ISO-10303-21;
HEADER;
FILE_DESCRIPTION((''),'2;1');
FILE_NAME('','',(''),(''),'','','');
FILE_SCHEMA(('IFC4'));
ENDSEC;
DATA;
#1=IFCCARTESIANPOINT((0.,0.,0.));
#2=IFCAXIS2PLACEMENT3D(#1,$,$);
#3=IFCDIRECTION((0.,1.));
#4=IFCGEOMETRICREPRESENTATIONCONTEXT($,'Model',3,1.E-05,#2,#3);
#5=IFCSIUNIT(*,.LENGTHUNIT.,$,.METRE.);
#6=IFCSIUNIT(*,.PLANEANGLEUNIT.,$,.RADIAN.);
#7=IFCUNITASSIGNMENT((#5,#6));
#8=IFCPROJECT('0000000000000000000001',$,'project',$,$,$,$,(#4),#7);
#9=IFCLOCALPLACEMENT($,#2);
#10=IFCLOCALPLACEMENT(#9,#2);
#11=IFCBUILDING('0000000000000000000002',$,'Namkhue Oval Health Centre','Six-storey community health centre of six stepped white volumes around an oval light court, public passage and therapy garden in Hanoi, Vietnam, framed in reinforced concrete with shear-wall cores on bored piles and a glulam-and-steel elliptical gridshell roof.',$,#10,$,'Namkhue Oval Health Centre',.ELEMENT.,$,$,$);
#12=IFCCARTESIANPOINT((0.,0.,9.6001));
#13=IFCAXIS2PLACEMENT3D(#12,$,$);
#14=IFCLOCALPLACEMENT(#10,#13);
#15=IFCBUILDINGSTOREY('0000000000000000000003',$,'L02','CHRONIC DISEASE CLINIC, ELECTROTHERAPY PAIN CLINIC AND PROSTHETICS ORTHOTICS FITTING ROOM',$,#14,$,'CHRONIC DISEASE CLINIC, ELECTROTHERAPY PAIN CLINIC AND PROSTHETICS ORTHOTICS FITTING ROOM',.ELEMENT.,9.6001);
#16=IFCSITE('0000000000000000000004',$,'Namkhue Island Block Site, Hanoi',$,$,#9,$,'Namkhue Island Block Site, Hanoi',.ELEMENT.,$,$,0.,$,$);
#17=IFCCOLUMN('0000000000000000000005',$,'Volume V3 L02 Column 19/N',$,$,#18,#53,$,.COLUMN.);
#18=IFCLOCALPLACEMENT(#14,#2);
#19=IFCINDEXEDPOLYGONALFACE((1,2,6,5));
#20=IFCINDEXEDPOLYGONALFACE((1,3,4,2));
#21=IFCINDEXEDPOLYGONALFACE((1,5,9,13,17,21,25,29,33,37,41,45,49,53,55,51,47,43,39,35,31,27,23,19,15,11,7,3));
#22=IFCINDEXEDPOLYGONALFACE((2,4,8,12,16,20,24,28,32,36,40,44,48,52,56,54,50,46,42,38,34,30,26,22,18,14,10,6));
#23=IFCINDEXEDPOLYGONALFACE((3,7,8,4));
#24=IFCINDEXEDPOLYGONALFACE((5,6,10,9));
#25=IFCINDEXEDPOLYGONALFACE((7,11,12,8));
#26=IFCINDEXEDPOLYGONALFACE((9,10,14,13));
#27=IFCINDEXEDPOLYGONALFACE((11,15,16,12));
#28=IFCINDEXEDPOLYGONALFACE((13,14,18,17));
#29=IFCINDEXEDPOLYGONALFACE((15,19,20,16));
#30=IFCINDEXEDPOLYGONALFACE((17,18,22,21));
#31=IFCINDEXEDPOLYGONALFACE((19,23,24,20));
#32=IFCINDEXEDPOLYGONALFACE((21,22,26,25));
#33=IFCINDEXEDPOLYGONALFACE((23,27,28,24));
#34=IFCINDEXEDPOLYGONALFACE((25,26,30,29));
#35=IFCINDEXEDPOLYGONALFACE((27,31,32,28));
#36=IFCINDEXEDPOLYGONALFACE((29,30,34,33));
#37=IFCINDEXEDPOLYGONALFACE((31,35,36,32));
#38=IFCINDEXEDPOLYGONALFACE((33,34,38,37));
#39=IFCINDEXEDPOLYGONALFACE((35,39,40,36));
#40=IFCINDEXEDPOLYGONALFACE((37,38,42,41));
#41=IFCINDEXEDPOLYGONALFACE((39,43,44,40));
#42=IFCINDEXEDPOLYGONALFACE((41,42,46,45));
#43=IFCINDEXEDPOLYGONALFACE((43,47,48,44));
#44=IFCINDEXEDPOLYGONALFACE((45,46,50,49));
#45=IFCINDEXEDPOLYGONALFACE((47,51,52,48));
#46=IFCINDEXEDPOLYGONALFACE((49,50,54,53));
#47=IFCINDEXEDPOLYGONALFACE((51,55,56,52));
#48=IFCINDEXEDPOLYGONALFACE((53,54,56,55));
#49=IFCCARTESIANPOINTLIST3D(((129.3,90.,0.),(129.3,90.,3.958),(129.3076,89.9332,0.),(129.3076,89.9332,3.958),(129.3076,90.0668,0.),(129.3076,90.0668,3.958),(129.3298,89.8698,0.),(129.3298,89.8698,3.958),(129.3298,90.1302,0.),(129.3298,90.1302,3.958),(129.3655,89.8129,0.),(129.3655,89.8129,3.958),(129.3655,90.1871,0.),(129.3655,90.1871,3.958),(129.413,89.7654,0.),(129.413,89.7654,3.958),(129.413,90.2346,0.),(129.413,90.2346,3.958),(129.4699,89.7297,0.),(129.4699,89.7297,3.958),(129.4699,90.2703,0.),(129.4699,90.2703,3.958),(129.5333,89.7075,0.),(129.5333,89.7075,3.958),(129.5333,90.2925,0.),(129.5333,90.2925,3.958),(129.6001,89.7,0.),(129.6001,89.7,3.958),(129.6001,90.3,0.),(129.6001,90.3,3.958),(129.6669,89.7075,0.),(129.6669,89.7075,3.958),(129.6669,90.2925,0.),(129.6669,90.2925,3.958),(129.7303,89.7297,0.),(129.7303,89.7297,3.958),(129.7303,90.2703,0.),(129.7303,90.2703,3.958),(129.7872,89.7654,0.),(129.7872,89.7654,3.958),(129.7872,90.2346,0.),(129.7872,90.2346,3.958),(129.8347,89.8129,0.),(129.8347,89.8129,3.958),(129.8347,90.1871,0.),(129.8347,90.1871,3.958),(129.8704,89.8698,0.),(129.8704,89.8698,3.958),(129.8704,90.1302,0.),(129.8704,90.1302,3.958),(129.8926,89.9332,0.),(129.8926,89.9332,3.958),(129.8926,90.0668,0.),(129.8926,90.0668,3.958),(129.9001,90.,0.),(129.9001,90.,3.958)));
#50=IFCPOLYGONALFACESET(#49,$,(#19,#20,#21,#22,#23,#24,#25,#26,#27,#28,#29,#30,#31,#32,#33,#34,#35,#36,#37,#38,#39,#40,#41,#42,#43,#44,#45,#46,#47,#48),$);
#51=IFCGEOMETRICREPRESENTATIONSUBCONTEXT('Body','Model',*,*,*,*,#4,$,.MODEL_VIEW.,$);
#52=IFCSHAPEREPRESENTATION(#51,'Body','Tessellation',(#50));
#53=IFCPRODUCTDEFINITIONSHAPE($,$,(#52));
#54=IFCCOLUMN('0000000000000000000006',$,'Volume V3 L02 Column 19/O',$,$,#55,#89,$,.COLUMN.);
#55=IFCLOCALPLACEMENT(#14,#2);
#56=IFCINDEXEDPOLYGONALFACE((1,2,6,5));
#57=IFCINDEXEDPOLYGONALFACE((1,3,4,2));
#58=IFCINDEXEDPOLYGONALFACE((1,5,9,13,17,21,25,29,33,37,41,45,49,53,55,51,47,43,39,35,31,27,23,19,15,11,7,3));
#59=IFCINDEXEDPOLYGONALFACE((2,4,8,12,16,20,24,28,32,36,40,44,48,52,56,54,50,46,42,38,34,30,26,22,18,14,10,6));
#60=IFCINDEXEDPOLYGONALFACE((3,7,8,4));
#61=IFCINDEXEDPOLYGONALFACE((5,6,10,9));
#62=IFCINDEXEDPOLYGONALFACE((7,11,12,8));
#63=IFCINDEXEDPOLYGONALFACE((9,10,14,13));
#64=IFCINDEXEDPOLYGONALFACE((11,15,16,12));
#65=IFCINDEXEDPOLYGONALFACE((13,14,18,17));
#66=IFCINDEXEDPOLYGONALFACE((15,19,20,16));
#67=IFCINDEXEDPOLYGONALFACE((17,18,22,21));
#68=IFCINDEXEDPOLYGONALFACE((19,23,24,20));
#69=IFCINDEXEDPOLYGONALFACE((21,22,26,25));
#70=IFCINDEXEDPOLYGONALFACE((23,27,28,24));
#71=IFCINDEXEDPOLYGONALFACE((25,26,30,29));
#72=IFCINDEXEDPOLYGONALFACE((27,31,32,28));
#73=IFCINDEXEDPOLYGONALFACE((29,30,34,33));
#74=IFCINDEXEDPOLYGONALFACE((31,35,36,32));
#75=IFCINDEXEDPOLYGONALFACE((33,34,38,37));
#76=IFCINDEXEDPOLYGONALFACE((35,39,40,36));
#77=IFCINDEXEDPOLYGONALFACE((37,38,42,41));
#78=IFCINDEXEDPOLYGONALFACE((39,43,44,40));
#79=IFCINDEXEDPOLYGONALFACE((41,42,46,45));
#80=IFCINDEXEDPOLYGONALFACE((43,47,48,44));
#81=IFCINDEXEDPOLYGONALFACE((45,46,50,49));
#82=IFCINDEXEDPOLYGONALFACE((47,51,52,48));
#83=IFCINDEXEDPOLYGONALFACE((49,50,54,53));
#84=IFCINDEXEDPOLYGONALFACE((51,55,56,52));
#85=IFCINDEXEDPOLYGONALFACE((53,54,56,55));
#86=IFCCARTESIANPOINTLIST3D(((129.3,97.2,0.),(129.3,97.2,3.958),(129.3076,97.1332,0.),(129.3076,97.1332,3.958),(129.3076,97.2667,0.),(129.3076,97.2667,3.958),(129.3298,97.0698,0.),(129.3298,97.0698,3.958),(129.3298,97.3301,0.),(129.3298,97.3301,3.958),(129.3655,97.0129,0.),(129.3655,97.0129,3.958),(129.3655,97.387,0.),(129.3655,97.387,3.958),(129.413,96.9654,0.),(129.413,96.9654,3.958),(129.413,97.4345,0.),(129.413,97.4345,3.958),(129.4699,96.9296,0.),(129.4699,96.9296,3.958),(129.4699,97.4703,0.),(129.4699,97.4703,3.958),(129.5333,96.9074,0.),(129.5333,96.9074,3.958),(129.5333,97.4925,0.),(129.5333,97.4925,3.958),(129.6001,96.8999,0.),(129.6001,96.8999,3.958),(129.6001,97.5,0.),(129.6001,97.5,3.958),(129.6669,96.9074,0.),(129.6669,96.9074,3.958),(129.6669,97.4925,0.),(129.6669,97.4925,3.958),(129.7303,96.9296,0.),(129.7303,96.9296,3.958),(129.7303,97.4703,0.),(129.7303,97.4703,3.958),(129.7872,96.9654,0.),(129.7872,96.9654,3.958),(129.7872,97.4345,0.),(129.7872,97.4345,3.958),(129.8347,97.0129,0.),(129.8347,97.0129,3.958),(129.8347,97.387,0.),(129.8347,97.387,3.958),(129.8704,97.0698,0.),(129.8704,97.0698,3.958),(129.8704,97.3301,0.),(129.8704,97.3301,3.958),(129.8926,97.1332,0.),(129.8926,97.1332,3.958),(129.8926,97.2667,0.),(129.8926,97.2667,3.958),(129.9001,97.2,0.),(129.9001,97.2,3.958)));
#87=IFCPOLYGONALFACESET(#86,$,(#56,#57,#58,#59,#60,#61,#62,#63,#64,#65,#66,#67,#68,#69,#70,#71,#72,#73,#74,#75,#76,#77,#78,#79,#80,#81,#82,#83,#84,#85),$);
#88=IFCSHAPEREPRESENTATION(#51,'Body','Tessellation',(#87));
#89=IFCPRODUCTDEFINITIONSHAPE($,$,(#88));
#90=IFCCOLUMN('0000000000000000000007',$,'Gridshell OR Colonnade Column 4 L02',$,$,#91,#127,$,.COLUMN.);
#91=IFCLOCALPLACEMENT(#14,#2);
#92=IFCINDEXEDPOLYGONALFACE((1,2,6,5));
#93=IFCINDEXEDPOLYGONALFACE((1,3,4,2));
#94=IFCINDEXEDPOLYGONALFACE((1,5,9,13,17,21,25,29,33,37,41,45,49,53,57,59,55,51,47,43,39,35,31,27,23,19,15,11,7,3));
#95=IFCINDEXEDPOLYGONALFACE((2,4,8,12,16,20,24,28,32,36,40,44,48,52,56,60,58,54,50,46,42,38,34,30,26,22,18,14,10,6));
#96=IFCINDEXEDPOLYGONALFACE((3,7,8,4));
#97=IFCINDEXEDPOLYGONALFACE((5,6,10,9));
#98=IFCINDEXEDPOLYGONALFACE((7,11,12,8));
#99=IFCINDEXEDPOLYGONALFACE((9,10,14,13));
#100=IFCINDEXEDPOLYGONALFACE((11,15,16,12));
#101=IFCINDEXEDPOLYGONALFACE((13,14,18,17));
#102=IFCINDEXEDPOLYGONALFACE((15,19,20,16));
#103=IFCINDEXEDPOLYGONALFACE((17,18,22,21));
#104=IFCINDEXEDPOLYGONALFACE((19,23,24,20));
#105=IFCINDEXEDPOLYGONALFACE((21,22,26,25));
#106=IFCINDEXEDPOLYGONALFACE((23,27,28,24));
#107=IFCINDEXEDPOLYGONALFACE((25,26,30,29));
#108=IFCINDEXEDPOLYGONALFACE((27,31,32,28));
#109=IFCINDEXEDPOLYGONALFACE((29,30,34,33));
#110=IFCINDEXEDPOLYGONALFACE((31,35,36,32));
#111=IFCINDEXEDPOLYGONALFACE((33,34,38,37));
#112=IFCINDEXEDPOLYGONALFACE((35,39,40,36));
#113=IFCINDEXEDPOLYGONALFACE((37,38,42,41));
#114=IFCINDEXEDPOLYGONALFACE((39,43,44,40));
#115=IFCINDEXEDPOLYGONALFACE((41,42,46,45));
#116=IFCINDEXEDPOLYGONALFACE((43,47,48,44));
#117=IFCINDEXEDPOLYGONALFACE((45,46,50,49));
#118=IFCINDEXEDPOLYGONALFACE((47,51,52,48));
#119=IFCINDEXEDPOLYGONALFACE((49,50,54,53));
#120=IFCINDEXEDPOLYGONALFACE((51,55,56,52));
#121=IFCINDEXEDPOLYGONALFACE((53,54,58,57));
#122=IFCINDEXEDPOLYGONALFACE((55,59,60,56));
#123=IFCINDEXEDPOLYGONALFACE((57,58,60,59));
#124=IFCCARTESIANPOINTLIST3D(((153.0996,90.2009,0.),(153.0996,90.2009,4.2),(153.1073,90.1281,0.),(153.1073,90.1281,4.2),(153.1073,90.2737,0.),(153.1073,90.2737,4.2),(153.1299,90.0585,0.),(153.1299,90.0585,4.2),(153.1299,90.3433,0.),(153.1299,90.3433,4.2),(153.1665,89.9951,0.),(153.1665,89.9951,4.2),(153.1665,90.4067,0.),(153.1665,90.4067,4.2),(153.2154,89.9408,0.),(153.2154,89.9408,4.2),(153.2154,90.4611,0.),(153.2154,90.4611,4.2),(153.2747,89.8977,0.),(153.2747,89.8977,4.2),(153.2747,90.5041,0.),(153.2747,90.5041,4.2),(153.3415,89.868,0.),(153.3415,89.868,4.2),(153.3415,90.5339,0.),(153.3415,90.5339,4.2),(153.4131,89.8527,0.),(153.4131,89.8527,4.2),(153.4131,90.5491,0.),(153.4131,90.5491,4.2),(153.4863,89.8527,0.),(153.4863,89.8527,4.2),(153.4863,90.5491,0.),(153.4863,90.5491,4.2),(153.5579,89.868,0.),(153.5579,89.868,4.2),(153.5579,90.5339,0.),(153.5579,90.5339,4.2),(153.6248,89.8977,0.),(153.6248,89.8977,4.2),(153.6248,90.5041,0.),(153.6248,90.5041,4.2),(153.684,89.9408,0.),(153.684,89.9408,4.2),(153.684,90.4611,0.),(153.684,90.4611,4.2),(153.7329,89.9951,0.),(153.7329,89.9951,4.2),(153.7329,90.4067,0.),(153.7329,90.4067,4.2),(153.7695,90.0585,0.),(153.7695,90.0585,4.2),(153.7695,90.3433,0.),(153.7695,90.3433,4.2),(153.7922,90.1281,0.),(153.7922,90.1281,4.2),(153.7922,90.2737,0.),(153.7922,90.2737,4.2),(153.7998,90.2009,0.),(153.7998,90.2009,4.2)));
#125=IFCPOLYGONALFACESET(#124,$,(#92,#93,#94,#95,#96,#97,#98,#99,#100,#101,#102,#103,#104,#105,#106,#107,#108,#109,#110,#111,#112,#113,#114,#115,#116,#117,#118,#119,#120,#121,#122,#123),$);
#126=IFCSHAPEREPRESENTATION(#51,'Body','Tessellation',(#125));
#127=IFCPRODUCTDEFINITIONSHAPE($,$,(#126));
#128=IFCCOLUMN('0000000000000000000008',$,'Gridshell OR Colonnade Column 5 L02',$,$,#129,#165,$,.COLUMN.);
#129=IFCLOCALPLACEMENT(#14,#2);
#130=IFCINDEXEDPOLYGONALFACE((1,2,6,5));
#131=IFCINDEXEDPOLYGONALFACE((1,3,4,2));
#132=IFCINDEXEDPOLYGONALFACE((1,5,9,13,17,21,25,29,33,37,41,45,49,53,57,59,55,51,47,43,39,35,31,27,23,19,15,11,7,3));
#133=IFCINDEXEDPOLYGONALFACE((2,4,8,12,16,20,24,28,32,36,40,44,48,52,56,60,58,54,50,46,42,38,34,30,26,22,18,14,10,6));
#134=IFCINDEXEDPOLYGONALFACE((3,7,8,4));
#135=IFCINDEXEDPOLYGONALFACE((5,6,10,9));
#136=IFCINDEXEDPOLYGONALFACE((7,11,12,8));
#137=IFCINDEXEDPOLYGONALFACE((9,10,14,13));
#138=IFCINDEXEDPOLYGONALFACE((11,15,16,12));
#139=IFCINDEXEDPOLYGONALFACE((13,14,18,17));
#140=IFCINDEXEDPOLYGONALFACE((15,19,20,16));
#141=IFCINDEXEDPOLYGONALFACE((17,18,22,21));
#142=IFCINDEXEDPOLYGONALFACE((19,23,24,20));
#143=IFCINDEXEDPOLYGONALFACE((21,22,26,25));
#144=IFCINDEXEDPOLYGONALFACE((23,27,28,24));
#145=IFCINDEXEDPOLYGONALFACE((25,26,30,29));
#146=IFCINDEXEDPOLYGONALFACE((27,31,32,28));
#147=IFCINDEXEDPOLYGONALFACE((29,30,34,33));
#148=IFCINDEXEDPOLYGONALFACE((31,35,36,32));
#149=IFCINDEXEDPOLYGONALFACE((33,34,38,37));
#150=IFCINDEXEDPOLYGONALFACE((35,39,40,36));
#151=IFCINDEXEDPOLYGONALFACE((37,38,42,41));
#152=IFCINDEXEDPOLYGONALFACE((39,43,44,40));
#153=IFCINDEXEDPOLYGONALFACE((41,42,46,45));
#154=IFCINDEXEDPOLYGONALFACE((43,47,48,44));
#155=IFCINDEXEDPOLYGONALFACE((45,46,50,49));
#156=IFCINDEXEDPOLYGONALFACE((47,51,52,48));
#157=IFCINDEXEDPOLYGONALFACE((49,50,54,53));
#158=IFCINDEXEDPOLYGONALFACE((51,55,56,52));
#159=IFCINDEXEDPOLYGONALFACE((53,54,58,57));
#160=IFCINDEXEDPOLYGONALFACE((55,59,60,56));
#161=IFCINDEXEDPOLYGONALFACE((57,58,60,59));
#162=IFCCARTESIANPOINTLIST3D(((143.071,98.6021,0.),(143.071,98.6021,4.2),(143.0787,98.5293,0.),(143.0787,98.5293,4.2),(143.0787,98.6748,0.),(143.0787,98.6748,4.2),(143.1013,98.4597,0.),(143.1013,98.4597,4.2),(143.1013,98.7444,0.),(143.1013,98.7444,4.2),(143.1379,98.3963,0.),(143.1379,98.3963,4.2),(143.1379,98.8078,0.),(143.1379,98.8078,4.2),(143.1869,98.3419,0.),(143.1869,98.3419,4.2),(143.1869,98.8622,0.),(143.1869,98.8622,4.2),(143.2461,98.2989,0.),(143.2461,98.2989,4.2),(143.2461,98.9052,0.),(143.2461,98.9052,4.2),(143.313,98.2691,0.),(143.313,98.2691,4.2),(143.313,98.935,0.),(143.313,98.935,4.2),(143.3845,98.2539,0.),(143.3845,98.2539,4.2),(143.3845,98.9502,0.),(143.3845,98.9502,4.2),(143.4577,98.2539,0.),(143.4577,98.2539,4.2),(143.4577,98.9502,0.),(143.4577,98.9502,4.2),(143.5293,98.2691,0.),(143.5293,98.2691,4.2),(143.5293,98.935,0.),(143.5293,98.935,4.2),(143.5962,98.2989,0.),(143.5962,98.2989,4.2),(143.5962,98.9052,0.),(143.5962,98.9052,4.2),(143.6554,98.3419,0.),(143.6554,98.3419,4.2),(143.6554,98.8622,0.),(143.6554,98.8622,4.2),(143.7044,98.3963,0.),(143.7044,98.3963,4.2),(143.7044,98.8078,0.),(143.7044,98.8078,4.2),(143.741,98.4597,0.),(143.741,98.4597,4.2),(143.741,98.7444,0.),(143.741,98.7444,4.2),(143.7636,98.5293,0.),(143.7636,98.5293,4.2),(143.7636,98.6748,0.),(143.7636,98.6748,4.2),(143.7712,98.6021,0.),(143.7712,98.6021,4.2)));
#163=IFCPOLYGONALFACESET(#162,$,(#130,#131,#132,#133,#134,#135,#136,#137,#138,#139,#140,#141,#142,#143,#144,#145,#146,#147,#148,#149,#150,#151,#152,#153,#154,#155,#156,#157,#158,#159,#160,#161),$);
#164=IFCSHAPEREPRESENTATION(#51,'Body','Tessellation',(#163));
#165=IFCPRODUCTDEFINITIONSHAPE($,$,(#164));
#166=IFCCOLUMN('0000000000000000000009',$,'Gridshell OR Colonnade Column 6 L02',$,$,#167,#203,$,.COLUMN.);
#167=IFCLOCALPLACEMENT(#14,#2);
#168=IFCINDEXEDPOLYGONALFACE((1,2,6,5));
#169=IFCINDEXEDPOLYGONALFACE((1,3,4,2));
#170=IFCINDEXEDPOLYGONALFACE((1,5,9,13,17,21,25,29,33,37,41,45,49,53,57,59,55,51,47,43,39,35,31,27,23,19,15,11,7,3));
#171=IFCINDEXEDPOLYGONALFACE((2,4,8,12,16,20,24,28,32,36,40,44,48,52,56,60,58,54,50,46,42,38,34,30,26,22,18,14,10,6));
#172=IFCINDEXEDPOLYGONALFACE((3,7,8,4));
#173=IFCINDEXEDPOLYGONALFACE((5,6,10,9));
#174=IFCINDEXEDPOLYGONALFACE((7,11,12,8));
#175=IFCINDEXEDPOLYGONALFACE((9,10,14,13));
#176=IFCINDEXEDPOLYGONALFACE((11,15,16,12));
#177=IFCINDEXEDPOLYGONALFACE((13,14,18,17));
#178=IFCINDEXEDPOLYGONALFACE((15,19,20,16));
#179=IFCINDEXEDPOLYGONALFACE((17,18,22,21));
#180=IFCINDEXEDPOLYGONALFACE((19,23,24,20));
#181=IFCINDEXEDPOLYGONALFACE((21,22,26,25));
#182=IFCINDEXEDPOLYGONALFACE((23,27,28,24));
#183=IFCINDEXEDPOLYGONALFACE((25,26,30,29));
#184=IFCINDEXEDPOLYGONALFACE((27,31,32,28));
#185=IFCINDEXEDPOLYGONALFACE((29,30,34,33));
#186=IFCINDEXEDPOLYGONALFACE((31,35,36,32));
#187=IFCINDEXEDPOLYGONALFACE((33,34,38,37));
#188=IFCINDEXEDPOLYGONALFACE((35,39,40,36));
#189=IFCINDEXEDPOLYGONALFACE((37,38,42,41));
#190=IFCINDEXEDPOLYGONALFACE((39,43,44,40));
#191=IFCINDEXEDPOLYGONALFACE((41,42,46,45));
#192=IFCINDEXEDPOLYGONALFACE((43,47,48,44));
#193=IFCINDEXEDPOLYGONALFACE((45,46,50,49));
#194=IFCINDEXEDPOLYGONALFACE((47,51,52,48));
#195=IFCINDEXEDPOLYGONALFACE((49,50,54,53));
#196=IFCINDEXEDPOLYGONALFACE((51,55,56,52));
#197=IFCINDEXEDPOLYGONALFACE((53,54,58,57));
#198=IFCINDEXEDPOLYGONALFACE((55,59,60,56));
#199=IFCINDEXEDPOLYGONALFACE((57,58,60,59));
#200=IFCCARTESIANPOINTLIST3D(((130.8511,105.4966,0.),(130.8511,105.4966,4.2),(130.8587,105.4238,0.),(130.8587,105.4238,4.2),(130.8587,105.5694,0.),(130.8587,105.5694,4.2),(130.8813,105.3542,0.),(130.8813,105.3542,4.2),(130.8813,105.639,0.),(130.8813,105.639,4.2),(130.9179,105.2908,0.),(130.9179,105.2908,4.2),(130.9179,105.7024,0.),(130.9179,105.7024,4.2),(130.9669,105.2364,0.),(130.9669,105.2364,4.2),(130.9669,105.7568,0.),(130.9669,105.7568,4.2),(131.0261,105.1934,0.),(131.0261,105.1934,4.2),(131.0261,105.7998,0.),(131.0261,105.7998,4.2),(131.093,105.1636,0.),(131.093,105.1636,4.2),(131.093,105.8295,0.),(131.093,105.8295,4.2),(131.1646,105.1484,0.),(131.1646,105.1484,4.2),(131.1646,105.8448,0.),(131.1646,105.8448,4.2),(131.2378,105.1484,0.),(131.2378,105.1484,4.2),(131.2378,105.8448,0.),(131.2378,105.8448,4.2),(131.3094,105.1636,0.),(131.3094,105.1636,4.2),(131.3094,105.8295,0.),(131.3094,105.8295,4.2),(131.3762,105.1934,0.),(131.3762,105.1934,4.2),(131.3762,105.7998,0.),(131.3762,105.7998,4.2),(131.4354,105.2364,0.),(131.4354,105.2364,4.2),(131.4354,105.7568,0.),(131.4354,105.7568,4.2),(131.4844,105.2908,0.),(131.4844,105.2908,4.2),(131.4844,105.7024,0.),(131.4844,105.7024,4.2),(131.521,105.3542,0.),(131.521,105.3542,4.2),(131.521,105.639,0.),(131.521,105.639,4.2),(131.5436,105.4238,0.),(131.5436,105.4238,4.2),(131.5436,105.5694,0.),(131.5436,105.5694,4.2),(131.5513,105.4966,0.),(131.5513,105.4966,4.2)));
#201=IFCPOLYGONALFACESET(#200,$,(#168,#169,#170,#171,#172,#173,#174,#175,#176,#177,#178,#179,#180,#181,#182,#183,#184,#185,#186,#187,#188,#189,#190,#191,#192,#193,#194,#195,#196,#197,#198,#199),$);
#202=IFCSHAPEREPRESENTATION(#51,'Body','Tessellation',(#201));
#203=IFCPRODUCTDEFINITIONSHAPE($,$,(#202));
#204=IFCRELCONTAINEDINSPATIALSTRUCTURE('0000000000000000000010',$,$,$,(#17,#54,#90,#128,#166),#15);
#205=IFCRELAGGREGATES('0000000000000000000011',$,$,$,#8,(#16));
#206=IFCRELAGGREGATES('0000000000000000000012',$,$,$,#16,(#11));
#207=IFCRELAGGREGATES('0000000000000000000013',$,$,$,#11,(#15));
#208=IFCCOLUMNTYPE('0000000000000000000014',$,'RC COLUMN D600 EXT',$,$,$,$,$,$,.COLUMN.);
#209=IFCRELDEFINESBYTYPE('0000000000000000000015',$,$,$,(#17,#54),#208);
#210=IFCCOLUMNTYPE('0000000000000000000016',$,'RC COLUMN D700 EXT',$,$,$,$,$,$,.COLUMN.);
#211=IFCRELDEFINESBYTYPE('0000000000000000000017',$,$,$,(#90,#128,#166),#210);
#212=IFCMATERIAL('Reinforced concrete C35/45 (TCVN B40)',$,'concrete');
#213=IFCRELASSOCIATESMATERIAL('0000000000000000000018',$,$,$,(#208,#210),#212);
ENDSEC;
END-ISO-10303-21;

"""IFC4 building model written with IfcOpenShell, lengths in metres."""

from ifc_helpers import new_model, si_unit, direction, frame, origin, origin_2d, place, context, subcontext, project, spatial, circle, extrude, material, material_profile, profile_set, type_object, element, save


model = new_model("IFC4")

# Units and contexts
model_context = context("Model", 3, precision=1e-05, world=origin(), true_north=direction((0.0, 1.0)))
body_context = subcontext(model_context, "Body", "Model", "MODEL_VIEW")
ifc_project = project(units=[si_unit("LENGTHUNIT", "METRE"), si_unit("PLANEANGLEUNIT", "RADIAN")], contexts=[model_context])

# Site, building, storey
site_placement = place(None, origin())
site = spatial("IfcSite", under=ifc_project, at=site_placement, Name="Namkhue Island Block Site, Hanoi", LongName="Namkhue Island Block Site, Hanoi", CompositionType="ELEMENT", RefElevation=0.0)
building_placement = place(site_placement, origin())
building = spatial("IfcBuilding", under=site, at=building_placement, Name="Namkhue Oval Health Centre", Description="Six-storey community health centre of six stepped white volumes around an oval light court, public passage and therapy garden in Hanoi, Vietnam, framed in reinforced concrete with shear-wall cores on bored piles and a glulam-and-steel elliptical gridshell roof.", LongName="Namkhue Oval Health Centre", CompositionType="ELEMENT")
storey_placement = place(building_placement, frame((0.0, 0.0, 9.6001)))
storey = spatial("IfcBuildingStorey", under=building, at=storey_placement, Name="L02", Description="CHRONIC DISEASE CLINIC, ELECTROTHERAPY PAIN CLINIC AND PROSTHETICS ORTHOTICS FITTING ROOM", LongName="CHRONIC DISEASE CLINIC, ELECTROTHERAPY PAIN CLINIC AND PROSTHETICS ORTHOTICS FITTING ROOM", CompositionType="ELEMENT", Elevation=9.6001)

# Columns
ifc_material_1 = material(Name="Reinforced concrete C35/45 (TCVN B40)", Category="concrete")
ifc_material_profile_1 = material_profile(ifc_material_1, circle(Radius=0.3, at=origin_2d()), Name="RC D600")
ifc_profile_set_1 = profile_set([ifc_material_profile_1], Name="Reinforced concrete C35/45 (TCVN B40)")
column_type_1 = type_object("IfcColumnType", Name="RC COLUMN D600 EXT", PredefinedType="COLUMN", material=ifc_profile_set_1)
for number, where, z_axis, x_axis, name in (
    (1, (129.6001, 90.0, 0.0), (0.0, 0.0, 1.0), (1.0, 0.0, 0.0), "Volume V3 L02 Column 19/N"),
    (2, (129.6001, 97.2, 0.0), (0.0, 0.0, 1.0), (1.0, 0.0, 0.0), "Volume V3 L02 Column 19/O"),
):
    element("IfcColumn", number, at=place(storey_placement, frame(where, z_axis=z_axis, x_axis=x_axis)), inside=storey, type_object=column_type_1, Name=name, PredefinedType="COLUMN", context=body_context, shape_type="SweptSolid", body=[
        extrude(circle(Radius=0.3, at=origin_2d()), origin(), (0.0, 0.0, 1.0), 3.958),
    ])
ifc_material_profile_2 = material_profile(ifc_material_1, circle(Radius=0.3501, at=origin_2d()), Name="RC D700")
ifc_profile_set_2 = profile_set([ifc_material_profile_2], Name="Reinforced concrete C35/45 (TCVN B40)")
column_type_2 = type_object("IfcColumnType", Name="RC COLUMN D700 EXT", PredefinedType="COLUMN", material=ifc_profile_set_2)
for number, where, z_axis, x_axis, name in (
    (3, (153.4497, 90.2009, 0.0), (0.0, 0.0, 1.0), (1.0, 0.0, 0.0), "Gridshell OR Colonnade Column 4 L02"),
    (4, (143.4211, 98.6021, 0.0), (0.0, 0.0, 1.0), (1.0, 0.0, 0.0), "Gridshell OR Colonnade Column 5 L02"),
    (5, (131.2012, 105.4966, 0.0), (0.0, 0.0, 1.0), (1.0, 0.0, 0.0), "Gridshell OR Colonnade Column 6 L02"),
):
    element("IfcColumn", number, at=place(storey_placement, frame(where, z_axis=z_axis, x_axis=x_axis)), inside=storey, type_object=column_type_2, Name=name, PredefinedType="COLUMN", context=body_context, shape_type="SweptSolid", body=[
        extrude(circle(Radius=0.3501, at=origin_2d()), origin(), (0.0, 0.0, 1.0), 4.2),
    ])

save(model, "model.ifc")
